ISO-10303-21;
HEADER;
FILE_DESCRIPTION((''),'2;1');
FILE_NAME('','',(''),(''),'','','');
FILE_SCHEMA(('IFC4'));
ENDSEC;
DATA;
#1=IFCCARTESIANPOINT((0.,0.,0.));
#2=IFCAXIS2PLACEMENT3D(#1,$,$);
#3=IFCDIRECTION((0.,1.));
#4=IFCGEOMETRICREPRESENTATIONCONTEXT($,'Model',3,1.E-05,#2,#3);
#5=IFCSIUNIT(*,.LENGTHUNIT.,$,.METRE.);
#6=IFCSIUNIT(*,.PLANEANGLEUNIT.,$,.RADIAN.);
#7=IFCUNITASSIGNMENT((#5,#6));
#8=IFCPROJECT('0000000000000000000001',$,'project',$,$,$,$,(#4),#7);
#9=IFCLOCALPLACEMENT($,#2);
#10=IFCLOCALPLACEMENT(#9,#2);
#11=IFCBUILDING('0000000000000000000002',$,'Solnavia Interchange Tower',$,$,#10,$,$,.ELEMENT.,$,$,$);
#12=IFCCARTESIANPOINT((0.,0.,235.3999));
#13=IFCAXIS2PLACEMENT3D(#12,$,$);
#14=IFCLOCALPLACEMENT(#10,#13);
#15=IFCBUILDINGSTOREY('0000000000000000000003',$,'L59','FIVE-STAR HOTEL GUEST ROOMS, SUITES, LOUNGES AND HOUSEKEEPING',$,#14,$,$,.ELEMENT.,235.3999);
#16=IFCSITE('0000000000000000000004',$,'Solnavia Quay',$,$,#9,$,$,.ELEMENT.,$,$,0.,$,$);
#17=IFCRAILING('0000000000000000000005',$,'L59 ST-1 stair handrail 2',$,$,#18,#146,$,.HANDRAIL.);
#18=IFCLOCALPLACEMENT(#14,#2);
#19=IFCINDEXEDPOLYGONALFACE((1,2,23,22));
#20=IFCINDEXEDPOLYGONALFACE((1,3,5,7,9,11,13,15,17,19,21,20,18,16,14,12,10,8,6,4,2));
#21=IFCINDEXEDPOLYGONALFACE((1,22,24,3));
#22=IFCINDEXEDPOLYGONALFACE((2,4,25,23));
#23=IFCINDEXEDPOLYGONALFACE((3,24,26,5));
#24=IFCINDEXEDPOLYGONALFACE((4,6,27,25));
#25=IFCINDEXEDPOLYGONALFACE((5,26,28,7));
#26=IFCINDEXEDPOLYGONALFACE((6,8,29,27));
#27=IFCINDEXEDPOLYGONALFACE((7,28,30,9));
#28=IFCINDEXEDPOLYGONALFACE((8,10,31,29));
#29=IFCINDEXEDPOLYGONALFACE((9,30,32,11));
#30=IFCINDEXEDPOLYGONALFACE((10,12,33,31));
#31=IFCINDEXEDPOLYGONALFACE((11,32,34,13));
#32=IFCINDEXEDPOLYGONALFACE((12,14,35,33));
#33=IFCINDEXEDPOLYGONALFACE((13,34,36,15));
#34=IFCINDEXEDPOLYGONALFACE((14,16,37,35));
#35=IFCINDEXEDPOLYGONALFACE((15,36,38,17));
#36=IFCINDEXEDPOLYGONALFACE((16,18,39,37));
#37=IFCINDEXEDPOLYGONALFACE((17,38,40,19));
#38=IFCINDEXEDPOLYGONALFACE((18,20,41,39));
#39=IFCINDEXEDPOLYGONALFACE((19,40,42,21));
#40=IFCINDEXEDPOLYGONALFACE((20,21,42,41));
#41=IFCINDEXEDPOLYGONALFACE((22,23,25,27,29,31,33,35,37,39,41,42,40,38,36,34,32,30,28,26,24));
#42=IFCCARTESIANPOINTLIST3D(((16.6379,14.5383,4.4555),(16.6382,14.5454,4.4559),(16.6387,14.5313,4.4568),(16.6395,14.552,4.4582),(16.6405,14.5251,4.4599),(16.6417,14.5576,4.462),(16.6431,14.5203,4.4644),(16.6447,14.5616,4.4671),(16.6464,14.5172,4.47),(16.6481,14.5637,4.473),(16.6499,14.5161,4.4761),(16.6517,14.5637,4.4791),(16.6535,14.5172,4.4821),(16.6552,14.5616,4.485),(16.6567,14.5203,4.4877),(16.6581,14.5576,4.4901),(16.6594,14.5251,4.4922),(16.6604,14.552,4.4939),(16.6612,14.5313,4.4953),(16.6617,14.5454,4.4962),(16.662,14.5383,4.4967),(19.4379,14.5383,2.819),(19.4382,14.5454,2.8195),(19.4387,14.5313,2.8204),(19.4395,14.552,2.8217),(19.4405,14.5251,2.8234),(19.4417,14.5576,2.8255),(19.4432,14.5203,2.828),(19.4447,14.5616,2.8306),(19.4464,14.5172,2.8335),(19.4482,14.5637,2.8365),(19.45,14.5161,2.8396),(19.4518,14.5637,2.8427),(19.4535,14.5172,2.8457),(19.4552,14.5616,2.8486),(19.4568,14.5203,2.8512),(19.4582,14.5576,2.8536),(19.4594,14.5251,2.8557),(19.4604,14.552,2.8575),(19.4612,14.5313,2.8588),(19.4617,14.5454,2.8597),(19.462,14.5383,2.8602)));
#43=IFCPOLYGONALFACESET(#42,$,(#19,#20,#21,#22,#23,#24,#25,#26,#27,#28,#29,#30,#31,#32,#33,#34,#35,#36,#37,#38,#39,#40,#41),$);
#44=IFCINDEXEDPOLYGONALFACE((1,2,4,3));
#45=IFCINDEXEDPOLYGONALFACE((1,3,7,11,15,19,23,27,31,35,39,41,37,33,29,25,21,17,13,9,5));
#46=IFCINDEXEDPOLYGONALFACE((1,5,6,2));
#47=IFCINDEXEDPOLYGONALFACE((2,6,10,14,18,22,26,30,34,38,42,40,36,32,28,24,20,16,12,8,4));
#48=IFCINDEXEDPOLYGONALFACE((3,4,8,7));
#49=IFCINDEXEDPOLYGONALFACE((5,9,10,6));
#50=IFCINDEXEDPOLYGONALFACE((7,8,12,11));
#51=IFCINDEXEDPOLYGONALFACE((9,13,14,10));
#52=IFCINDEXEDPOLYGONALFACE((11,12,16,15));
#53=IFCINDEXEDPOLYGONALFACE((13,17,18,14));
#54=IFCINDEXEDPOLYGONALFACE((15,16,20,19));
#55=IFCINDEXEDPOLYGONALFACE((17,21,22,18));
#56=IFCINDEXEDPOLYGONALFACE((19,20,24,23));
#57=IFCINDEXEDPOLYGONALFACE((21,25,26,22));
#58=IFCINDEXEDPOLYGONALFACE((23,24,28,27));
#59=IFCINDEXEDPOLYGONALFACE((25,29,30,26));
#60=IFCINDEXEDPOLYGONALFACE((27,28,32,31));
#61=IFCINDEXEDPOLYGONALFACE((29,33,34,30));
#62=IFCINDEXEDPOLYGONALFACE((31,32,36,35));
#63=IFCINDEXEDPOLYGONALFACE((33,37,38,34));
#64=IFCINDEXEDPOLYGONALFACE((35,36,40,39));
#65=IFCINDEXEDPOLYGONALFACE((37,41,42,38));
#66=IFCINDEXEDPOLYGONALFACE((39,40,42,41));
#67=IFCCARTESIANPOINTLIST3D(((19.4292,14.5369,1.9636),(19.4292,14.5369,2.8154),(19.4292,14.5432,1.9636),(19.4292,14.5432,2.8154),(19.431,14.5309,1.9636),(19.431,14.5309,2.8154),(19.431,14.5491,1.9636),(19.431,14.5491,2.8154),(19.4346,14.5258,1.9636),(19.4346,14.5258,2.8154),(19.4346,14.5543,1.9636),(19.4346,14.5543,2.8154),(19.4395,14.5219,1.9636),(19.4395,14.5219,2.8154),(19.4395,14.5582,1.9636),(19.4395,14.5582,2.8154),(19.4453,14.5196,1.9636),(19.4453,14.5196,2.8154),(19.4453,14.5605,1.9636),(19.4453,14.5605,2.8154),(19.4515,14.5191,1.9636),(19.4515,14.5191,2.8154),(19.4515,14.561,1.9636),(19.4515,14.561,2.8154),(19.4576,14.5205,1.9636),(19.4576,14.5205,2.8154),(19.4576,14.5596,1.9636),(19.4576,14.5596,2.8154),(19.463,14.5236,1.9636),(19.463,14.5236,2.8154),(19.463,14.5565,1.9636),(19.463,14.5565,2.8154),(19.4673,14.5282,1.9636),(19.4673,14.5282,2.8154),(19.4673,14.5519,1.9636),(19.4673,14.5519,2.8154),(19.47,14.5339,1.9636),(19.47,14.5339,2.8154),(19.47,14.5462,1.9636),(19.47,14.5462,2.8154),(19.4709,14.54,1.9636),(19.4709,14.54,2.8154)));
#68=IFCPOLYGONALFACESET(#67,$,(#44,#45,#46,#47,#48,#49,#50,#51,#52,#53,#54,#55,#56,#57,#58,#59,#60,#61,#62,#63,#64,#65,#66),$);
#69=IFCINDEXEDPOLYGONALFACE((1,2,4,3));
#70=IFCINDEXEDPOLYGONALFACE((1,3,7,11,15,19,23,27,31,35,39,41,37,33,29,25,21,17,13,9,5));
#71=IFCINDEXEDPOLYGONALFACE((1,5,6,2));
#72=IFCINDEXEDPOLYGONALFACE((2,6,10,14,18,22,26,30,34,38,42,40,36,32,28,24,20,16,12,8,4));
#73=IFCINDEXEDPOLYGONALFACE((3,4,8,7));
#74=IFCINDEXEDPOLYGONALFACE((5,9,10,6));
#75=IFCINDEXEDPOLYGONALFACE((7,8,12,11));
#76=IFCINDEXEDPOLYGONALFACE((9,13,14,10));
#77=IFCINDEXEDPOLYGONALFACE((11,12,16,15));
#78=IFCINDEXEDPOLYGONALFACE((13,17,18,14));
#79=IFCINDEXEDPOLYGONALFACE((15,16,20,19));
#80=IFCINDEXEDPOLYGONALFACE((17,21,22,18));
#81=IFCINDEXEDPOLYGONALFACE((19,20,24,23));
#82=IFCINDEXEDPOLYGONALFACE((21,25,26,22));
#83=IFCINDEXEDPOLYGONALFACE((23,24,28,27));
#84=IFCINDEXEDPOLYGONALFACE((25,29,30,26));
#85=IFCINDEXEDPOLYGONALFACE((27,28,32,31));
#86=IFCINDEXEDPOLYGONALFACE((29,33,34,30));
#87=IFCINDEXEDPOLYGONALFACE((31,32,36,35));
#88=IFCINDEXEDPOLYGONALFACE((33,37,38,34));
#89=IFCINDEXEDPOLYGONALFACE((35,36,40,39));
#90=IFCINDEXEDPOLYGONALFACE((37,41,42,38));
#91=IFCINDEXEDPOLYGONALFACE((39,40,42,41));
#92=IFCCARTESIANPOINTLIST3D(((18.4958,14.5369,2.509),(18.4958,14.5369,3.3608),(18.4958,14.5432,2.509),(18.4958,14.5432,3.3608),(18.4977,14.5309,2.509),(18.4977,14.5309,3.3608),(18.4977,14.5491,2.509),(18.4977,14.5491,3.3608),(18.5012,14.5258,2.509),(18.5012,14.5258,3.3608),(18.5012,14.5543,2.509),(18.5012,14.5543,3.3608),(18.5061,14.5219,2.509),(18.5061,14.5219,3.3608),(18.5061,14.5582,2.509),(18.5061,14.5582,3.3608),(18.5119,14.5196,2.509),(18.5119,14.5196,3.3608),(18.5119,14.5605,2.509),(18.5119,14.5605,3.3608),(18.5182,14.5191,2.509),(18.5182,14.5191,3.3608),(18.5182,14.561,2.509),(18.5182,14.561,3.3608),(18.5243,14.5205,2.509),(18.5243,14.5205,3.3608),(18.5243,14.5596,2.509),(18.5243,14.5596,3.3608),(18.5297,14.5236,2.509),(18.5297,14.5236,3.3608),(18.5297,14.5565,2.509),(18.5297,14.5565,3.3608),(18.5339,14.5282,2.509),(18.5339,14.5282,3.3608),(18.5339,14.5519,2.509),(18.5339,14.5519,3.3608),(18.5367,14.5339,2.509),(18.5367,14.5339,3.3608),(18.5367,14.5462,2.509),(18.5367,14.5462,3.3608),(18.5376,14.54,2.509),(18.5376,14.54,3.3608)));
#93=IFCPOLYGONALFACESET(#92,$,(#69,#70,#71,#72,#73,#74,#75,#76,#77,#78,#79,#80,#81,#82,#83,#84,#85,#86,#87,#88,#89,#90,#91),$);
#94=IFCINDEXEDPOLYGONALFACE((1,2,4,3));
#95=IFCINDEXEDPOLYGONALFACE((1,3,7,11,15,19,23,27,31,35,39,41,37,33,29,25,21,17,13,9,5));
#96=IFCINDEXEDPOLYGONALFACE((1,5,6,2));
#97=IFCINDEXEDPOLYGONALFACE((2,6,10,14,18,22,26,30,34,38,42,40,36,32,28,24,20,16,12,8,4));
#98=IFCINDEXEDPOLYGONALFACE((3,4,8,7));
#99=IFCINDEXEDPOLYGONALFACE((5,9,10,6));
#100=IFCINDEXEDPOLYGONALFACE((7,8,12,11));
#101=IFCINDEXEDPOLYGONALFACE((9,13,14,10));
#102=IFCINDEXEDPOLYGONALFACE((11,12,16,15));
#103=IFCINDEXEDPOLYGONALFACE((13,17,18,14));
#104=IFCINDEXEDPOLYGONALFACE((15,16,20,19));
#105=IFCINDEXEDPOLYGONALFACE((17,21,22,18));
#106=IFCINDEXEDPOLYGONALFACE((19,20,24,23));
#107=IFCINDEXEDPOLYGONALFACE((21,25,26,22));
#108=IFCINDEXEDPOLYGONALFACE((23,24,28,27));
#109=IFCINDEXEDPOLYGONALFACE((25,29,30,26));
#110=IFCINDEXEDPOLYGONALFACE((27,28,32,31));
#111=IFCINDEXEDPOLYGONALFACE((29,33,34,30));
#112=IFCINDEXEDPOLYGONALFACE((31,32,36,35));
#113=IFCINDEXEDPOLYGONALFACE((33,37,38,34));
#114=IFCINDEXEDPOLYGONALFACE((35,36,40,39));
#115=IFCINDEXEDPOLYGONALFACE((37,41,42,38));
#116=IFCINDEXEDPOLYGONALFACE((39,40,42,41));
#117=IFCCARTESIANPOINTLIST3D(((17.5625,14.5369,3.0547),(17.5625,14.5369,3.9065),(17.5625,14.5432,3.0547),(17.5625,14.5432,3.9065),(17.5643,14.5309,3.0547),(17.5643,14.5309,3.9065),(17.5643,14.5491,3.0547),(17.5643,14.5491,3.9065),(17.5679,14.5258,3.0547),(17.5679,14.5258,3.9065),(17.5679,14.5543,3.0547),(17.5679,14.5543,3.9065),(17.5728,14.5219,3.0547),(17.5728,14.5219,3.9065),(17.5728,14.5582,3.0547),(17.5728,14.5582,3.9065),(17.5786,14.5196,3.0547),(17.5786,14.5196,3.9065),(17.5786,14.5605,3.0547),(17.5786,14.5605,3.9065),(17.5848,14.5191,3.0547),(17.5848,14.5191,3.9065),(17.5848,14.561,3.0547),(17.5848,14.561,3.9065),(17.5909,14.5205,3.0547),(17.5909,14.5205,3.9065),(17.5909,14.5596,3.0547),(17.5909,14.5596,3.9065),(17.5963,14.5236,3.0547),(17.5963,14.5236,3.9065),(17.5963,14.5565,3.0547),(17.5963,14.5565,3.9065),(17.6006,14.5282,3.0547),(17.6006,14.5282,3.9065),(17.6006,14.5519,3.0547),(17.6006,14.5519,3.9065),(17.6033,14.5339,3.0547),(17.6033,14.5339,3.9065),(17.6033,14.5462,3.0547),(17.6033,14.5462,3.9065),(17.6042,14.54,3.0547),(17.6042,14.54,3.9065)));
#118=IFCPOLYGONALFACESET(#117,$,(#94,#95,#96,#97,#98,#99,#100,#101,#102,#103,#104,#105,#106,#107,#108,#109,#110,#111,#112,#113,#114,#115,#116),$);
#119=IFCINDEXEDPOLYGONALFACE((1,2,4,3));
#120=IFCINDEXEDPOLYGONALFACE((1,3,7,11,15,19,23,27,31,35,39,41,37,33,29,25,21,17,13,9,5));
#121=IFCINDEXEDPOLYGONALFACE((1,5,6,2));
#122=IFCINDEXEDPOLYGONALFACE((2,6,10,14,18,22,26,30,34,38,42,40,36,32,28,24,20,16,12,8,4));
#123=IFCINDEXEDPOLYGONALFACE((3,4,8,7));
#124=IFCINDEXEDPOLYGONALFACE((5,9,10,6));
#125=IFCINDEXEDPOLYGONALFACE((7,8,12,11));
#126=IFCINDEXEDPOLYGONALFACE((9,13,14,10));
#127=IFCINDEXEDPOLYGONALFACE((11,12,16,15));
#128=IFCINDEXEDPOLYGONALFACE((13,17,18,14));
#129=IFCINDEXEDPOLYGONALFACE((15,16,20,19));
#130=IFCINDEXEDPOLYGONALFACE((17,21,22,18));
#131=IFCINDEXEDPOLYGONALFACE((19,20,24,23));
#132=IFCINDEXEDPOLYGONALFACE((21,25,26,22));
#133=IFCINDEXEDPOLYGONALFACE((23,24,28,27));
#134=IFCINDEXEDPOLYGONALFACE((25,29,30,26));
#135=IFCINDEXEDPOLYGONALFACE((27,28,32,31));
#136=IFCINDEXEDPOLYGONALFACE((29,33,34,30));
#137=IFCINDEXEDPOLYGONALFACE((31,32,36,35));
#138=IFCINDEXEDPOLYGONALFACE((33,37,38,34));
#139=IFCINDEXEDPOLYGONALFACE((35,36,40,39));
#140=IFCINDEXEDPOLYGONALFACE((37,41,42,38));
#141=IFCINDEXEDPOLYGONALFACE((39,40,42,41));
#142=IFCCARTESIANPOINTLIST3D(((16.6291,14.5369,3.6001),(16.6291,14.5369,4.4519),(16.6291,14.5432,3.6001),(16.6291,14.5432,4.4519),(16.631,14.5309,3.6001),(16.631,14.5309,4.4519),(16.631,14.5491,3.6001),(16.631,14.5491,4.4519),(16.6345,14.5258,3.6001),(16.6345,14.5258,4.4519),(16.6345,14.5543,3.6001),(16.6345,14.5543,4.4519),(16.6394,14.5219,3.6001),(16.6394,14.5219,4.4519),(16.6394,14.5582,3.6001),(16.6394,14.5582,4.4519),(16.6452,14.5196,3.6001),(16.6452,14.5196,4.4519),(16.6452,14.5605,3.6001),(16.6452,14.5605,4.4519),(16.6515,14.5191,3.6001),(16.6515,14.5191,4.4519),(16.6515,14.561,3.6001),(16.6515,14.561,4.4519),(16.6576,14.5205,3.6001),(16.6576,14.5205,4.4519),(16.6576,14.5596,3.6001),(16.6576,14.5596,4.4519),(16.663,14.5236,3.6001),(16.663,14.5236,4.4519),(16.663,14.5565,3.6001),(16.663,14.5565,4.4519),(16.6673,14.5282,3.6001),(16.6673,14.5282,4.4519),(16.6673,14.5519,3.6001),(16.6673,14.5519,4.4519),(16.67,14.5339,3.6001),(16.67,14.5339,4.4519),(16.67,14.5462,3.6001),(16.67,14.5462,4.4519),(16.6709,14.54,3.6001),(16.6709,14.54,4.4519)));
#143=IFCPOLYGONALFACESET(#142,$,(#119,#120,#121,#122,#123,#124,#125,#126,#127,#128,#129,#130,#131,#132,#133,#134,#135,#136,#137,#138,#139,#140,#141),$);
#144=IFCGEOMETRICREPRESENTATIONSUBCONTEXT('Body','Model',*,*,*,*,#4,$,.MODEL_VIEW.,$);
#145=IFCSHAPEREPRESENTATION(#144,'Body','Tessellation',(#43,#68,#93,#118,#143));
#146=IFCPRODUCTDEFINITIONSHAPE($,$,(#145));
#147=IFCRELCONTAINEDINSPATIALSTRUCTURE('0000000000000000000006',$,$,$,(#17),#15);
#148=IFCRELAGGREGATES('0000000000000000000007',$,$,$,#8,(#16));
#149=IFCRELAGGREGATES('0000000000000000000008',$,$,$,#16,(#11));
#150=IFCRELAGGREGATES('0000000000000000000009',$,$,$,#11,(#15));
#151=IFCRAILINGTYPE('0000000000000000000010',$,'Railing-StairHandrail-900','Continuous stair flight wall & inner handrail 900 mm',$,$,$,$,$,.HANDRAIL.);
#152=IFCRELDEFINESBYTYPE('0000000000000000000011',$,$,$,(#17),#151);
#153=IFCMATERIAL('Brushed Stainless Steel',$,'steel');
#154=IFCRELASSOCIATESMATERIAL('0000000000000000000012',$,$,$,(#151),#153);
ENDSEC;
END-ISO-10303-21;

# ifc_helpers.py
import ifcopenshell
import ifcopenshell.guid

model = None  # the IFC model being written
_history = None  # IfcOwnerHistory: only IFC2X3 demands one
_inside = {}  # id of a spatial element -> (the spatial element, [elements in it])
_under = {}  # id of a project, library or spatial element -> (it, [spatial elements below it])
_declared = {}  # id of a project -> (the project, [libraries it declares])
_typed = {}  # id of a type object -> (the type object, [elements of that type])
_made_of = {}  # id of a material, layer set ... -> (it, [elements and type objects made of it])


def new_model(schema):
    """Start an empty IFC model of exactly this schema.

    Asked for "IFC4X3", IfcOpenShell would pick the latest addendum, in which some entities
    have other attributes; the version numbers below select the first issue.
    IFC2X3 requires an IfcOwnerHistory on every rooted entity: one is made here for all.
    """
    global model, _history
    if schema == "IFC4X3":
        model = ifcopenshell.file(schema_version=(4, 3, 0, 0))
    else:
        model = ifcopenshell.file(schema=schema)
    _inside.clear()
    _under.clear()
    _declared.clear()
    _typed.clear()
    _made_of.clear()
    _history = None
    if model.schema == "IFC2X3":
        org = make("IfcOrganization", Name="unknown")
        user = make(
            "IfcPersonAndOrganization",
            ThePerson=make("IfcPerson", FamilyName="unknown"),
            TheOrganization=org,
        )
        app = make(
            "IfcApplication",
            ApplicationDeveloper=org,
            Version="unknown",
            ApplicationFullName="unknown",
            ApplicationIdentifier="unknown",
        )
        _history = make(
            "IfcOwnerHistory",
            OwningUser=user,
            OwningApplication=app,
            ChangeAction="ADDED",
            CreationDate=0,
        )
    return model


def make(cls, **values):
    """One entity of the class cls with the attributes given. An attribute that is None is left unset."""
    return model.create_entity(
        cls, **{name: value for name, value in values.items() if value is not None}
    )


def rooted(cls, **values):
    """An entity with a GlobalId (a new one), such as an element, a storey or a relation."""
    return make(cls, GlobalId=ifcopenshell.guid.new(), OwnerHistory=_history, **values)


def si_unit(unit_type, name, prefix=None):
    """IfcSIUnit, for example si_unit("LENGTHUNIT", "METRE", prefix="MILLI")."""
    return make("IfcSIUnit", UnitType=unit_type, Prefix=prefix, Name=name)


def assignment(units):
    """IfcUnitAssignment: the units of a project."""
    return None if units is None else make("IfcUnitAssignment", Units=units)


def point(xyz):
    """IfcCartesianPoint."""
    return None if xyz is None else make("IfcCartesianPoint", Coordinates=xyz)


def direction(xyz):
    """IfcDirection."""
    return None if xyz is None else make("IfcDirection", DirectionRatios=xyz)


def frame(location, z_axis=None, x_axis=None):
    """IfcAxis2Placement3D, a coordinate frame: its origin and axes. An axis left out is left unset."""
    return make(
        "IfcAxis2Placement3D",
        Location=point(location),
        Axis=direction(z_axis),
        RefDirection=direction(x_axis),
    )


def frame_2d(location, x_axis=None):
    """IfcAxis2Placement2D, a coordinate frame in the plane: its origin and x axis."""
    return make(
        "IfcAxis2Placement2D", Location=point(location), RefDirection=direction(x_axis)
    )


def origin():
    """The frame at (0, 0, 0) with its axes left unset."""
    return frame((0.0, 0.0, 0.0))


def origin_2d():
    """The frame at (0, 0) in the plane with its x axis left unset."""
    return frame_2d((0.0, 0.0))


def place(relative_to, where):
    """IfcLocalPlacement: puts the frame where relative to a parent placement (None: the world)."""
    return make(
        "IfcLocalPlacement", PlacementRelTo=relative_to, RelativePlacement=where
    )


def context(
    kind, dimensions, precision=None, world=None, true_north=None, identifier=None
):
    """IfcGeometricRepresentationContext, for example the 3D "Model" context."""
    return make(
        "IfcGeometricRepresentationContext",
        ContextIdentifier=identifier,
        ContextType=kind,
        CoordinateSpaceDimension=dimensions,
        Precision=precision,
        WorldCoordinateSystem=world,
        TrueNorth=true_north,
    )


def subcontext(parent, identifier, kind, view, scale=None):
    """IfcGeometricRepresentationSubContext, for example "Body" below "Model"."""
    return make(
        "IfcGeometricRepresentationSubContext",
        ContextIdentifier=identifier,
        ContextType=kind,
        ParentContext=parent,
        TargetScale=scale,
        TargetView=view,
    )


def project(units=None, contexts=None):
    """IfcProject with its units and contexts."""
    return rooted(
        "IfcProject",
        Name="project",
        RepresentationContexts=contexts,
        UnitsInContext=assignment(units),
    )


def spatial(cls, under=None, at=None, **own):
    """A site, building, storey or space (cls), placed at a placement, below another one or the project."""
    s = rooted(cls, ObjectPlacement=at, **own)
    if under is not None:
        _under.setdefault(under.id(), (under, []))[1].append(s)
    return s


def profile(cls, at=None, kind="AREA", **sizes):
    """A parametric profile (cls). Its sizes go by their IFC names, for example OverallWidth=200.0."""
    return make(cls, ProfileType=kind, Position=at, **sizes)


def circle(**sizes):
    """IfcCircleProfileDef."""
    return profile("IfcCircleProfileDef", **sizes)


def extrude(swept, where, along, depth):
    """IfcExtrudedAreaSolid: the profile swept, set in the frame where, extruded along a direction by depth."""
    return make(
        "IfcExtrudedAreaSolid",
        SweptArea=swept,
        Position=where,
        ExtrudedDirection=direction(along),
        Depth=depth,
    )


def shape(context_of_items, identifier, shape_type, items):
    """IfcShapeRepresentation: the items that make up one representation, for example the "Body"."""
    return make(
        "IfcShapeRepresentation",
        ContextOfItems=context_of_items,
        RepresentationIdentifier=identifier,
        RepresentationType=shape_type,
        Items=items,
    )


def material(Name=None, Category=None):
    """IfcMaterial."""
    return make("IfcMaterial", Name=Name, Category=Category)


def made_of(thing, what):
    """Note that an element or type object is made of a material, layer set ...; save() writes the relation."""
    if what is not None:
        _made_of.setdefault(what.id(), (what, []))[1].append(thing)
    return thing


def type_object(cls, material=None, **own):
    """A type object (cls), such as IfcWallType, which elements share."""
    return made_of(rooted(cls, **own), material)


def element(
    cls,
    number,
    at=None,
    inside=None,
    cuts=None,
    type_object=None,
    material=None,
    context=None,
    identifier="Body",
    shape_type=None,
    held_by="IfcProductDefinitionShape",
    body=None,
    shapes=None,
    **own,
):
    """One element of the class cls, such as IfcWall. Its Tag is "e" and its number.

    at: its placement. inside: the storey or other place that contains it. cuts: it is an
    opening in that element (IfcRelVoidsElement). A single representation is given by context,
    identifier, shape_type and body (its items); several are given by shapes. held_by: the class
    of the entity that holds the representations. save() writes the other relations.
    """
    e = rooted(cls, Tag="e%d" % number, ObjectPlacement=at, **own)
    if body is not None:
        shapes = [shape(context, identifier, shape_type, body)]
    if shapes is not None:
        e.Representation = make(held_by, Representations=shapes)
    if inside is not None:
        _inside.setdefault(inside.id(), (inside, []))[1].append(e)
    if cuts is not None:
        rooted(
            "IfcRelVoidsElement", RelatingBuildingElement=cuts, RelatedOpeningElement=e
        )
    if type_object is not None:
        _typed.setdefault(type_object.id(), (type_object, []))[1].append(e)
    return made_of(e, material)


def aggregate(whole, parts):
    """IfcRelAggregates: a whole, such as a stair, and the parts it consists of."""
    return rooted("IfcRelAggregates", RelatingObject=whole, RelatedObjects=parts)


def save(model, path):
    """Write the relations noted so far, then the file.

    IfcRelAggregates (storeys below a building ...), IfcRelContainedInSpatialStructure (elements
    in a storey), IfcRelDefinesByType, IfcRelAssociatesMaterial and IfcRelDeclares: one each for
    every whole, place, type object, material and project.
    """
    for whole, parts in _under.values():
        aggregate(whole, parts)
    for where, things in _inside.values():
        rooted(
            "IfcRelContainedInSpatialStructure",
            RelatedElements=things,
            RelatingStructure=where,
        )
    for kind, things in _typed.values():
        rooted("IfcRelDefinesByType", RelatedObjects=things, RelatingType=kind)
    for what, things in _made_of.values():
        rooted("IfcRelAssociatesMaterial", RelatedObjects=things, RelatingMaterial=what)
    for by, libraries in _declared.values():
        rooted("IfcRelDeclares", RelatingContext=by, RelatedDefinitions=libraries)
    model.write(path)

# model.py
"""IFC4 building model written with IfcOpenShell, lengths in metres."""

from ifc_helpers import new_model, si_unit, direction, frame, origin, origin_2d, place, context, subcontext, project, spatial, circle, extrude, material, type_object, element, save


model = new_model("IFC4")

# Units and contexts
model_context = context("Model", 3, precision=1e-05, world=origin(), true_north=direction((0.0, 1.0)))
body_context = subcontext(model_context, "Body", "Model", "MODEL_VIEW")
ifc_project = project(units=[si_unit("LENGTHUNIT", "METRE"), si_unit("PLANEANGLEUNIT", "RADIAN")], contexts=[model_context])

# Site, building, storey
site_placement = place(None, origin())
site = spatial("IfcSite", under=ifc_project, at=site_placement, Name="Solnavia Quay", CompositionType="ELEMENT", RefElevation=0.0)
building_placement = place(site_placement, origin())
building = spatial("IfcBuilding", under=site, at=building_placement, Name="Solnavia Interchange Tower", CompositionType="ELEMENT")
storey_placement = place(building_placement, frame((0.0, 0.0, 235.3999)))
storey = spatial("IfcBuildingStorey", under=building, at=storey_placement, Name="L59", Description="FIVE-STAR HOTEL GUEST ROOMS, SUITES, LOUNGES AND HOUSEKEEPING", CompositionType="ELEMENT", Elevation=235.3999)

# Railing
ifc_material_1 = material(Name="Brushed Stainless Steel", Category="steel")
railing_type_1 = type_object("IfcRailingType", Name="Railing-StairHandrail-900", Description="Continuous stair flight wall & inner handrail 900 mm", PredefinedType="HANDRAIL", material=ifc_material_1)
railing_1_placement = place(storey_placement, frame((19.45, 14.54, 1.9636)))
element("IfcRailing", 1, at=railing_1_placement, inside=storey, type_object=railing_type_1, Name="L59 ST-1 stair handrail 2", PredefinedType="HANDRAIL", context=body_context, shape_type="SweptSolid", body=[
    extrude(circle(Radius=0.0239, at=origin_2d()), frame((0.0, 0.0, 0.876), z_axis=(-0.863361, 0.0, 0.504587), x_axis=(0.0, -1.0, 0.0)), (0.0, 0.0, 1.0), 3.2432),
    extrude(circle(Radius=0.021, at=origin_2d()), origin(), (0.0, 0.0, 1.0), 0.8518),
    extrude(circle(Radius=0.021, at=origin_2d()), frame((-0.9333, 0.0, 0.5454)), (0.0, 0.0, 1.0), 0.8518),
    extrude(circle(Radius=0.021, at=origin_2d()), frame((-1.8667, 0.0, 1.0911)), (0.0, 0.0, 1.0), 0.8518),
    extrude(circle(Radius=0.021, at=origin_2d()), frame((-2.8, 0.0, 1.6365)), (0.0, 0.0, 1.0), 0.8518),
])

save(model, "model.ifc")
